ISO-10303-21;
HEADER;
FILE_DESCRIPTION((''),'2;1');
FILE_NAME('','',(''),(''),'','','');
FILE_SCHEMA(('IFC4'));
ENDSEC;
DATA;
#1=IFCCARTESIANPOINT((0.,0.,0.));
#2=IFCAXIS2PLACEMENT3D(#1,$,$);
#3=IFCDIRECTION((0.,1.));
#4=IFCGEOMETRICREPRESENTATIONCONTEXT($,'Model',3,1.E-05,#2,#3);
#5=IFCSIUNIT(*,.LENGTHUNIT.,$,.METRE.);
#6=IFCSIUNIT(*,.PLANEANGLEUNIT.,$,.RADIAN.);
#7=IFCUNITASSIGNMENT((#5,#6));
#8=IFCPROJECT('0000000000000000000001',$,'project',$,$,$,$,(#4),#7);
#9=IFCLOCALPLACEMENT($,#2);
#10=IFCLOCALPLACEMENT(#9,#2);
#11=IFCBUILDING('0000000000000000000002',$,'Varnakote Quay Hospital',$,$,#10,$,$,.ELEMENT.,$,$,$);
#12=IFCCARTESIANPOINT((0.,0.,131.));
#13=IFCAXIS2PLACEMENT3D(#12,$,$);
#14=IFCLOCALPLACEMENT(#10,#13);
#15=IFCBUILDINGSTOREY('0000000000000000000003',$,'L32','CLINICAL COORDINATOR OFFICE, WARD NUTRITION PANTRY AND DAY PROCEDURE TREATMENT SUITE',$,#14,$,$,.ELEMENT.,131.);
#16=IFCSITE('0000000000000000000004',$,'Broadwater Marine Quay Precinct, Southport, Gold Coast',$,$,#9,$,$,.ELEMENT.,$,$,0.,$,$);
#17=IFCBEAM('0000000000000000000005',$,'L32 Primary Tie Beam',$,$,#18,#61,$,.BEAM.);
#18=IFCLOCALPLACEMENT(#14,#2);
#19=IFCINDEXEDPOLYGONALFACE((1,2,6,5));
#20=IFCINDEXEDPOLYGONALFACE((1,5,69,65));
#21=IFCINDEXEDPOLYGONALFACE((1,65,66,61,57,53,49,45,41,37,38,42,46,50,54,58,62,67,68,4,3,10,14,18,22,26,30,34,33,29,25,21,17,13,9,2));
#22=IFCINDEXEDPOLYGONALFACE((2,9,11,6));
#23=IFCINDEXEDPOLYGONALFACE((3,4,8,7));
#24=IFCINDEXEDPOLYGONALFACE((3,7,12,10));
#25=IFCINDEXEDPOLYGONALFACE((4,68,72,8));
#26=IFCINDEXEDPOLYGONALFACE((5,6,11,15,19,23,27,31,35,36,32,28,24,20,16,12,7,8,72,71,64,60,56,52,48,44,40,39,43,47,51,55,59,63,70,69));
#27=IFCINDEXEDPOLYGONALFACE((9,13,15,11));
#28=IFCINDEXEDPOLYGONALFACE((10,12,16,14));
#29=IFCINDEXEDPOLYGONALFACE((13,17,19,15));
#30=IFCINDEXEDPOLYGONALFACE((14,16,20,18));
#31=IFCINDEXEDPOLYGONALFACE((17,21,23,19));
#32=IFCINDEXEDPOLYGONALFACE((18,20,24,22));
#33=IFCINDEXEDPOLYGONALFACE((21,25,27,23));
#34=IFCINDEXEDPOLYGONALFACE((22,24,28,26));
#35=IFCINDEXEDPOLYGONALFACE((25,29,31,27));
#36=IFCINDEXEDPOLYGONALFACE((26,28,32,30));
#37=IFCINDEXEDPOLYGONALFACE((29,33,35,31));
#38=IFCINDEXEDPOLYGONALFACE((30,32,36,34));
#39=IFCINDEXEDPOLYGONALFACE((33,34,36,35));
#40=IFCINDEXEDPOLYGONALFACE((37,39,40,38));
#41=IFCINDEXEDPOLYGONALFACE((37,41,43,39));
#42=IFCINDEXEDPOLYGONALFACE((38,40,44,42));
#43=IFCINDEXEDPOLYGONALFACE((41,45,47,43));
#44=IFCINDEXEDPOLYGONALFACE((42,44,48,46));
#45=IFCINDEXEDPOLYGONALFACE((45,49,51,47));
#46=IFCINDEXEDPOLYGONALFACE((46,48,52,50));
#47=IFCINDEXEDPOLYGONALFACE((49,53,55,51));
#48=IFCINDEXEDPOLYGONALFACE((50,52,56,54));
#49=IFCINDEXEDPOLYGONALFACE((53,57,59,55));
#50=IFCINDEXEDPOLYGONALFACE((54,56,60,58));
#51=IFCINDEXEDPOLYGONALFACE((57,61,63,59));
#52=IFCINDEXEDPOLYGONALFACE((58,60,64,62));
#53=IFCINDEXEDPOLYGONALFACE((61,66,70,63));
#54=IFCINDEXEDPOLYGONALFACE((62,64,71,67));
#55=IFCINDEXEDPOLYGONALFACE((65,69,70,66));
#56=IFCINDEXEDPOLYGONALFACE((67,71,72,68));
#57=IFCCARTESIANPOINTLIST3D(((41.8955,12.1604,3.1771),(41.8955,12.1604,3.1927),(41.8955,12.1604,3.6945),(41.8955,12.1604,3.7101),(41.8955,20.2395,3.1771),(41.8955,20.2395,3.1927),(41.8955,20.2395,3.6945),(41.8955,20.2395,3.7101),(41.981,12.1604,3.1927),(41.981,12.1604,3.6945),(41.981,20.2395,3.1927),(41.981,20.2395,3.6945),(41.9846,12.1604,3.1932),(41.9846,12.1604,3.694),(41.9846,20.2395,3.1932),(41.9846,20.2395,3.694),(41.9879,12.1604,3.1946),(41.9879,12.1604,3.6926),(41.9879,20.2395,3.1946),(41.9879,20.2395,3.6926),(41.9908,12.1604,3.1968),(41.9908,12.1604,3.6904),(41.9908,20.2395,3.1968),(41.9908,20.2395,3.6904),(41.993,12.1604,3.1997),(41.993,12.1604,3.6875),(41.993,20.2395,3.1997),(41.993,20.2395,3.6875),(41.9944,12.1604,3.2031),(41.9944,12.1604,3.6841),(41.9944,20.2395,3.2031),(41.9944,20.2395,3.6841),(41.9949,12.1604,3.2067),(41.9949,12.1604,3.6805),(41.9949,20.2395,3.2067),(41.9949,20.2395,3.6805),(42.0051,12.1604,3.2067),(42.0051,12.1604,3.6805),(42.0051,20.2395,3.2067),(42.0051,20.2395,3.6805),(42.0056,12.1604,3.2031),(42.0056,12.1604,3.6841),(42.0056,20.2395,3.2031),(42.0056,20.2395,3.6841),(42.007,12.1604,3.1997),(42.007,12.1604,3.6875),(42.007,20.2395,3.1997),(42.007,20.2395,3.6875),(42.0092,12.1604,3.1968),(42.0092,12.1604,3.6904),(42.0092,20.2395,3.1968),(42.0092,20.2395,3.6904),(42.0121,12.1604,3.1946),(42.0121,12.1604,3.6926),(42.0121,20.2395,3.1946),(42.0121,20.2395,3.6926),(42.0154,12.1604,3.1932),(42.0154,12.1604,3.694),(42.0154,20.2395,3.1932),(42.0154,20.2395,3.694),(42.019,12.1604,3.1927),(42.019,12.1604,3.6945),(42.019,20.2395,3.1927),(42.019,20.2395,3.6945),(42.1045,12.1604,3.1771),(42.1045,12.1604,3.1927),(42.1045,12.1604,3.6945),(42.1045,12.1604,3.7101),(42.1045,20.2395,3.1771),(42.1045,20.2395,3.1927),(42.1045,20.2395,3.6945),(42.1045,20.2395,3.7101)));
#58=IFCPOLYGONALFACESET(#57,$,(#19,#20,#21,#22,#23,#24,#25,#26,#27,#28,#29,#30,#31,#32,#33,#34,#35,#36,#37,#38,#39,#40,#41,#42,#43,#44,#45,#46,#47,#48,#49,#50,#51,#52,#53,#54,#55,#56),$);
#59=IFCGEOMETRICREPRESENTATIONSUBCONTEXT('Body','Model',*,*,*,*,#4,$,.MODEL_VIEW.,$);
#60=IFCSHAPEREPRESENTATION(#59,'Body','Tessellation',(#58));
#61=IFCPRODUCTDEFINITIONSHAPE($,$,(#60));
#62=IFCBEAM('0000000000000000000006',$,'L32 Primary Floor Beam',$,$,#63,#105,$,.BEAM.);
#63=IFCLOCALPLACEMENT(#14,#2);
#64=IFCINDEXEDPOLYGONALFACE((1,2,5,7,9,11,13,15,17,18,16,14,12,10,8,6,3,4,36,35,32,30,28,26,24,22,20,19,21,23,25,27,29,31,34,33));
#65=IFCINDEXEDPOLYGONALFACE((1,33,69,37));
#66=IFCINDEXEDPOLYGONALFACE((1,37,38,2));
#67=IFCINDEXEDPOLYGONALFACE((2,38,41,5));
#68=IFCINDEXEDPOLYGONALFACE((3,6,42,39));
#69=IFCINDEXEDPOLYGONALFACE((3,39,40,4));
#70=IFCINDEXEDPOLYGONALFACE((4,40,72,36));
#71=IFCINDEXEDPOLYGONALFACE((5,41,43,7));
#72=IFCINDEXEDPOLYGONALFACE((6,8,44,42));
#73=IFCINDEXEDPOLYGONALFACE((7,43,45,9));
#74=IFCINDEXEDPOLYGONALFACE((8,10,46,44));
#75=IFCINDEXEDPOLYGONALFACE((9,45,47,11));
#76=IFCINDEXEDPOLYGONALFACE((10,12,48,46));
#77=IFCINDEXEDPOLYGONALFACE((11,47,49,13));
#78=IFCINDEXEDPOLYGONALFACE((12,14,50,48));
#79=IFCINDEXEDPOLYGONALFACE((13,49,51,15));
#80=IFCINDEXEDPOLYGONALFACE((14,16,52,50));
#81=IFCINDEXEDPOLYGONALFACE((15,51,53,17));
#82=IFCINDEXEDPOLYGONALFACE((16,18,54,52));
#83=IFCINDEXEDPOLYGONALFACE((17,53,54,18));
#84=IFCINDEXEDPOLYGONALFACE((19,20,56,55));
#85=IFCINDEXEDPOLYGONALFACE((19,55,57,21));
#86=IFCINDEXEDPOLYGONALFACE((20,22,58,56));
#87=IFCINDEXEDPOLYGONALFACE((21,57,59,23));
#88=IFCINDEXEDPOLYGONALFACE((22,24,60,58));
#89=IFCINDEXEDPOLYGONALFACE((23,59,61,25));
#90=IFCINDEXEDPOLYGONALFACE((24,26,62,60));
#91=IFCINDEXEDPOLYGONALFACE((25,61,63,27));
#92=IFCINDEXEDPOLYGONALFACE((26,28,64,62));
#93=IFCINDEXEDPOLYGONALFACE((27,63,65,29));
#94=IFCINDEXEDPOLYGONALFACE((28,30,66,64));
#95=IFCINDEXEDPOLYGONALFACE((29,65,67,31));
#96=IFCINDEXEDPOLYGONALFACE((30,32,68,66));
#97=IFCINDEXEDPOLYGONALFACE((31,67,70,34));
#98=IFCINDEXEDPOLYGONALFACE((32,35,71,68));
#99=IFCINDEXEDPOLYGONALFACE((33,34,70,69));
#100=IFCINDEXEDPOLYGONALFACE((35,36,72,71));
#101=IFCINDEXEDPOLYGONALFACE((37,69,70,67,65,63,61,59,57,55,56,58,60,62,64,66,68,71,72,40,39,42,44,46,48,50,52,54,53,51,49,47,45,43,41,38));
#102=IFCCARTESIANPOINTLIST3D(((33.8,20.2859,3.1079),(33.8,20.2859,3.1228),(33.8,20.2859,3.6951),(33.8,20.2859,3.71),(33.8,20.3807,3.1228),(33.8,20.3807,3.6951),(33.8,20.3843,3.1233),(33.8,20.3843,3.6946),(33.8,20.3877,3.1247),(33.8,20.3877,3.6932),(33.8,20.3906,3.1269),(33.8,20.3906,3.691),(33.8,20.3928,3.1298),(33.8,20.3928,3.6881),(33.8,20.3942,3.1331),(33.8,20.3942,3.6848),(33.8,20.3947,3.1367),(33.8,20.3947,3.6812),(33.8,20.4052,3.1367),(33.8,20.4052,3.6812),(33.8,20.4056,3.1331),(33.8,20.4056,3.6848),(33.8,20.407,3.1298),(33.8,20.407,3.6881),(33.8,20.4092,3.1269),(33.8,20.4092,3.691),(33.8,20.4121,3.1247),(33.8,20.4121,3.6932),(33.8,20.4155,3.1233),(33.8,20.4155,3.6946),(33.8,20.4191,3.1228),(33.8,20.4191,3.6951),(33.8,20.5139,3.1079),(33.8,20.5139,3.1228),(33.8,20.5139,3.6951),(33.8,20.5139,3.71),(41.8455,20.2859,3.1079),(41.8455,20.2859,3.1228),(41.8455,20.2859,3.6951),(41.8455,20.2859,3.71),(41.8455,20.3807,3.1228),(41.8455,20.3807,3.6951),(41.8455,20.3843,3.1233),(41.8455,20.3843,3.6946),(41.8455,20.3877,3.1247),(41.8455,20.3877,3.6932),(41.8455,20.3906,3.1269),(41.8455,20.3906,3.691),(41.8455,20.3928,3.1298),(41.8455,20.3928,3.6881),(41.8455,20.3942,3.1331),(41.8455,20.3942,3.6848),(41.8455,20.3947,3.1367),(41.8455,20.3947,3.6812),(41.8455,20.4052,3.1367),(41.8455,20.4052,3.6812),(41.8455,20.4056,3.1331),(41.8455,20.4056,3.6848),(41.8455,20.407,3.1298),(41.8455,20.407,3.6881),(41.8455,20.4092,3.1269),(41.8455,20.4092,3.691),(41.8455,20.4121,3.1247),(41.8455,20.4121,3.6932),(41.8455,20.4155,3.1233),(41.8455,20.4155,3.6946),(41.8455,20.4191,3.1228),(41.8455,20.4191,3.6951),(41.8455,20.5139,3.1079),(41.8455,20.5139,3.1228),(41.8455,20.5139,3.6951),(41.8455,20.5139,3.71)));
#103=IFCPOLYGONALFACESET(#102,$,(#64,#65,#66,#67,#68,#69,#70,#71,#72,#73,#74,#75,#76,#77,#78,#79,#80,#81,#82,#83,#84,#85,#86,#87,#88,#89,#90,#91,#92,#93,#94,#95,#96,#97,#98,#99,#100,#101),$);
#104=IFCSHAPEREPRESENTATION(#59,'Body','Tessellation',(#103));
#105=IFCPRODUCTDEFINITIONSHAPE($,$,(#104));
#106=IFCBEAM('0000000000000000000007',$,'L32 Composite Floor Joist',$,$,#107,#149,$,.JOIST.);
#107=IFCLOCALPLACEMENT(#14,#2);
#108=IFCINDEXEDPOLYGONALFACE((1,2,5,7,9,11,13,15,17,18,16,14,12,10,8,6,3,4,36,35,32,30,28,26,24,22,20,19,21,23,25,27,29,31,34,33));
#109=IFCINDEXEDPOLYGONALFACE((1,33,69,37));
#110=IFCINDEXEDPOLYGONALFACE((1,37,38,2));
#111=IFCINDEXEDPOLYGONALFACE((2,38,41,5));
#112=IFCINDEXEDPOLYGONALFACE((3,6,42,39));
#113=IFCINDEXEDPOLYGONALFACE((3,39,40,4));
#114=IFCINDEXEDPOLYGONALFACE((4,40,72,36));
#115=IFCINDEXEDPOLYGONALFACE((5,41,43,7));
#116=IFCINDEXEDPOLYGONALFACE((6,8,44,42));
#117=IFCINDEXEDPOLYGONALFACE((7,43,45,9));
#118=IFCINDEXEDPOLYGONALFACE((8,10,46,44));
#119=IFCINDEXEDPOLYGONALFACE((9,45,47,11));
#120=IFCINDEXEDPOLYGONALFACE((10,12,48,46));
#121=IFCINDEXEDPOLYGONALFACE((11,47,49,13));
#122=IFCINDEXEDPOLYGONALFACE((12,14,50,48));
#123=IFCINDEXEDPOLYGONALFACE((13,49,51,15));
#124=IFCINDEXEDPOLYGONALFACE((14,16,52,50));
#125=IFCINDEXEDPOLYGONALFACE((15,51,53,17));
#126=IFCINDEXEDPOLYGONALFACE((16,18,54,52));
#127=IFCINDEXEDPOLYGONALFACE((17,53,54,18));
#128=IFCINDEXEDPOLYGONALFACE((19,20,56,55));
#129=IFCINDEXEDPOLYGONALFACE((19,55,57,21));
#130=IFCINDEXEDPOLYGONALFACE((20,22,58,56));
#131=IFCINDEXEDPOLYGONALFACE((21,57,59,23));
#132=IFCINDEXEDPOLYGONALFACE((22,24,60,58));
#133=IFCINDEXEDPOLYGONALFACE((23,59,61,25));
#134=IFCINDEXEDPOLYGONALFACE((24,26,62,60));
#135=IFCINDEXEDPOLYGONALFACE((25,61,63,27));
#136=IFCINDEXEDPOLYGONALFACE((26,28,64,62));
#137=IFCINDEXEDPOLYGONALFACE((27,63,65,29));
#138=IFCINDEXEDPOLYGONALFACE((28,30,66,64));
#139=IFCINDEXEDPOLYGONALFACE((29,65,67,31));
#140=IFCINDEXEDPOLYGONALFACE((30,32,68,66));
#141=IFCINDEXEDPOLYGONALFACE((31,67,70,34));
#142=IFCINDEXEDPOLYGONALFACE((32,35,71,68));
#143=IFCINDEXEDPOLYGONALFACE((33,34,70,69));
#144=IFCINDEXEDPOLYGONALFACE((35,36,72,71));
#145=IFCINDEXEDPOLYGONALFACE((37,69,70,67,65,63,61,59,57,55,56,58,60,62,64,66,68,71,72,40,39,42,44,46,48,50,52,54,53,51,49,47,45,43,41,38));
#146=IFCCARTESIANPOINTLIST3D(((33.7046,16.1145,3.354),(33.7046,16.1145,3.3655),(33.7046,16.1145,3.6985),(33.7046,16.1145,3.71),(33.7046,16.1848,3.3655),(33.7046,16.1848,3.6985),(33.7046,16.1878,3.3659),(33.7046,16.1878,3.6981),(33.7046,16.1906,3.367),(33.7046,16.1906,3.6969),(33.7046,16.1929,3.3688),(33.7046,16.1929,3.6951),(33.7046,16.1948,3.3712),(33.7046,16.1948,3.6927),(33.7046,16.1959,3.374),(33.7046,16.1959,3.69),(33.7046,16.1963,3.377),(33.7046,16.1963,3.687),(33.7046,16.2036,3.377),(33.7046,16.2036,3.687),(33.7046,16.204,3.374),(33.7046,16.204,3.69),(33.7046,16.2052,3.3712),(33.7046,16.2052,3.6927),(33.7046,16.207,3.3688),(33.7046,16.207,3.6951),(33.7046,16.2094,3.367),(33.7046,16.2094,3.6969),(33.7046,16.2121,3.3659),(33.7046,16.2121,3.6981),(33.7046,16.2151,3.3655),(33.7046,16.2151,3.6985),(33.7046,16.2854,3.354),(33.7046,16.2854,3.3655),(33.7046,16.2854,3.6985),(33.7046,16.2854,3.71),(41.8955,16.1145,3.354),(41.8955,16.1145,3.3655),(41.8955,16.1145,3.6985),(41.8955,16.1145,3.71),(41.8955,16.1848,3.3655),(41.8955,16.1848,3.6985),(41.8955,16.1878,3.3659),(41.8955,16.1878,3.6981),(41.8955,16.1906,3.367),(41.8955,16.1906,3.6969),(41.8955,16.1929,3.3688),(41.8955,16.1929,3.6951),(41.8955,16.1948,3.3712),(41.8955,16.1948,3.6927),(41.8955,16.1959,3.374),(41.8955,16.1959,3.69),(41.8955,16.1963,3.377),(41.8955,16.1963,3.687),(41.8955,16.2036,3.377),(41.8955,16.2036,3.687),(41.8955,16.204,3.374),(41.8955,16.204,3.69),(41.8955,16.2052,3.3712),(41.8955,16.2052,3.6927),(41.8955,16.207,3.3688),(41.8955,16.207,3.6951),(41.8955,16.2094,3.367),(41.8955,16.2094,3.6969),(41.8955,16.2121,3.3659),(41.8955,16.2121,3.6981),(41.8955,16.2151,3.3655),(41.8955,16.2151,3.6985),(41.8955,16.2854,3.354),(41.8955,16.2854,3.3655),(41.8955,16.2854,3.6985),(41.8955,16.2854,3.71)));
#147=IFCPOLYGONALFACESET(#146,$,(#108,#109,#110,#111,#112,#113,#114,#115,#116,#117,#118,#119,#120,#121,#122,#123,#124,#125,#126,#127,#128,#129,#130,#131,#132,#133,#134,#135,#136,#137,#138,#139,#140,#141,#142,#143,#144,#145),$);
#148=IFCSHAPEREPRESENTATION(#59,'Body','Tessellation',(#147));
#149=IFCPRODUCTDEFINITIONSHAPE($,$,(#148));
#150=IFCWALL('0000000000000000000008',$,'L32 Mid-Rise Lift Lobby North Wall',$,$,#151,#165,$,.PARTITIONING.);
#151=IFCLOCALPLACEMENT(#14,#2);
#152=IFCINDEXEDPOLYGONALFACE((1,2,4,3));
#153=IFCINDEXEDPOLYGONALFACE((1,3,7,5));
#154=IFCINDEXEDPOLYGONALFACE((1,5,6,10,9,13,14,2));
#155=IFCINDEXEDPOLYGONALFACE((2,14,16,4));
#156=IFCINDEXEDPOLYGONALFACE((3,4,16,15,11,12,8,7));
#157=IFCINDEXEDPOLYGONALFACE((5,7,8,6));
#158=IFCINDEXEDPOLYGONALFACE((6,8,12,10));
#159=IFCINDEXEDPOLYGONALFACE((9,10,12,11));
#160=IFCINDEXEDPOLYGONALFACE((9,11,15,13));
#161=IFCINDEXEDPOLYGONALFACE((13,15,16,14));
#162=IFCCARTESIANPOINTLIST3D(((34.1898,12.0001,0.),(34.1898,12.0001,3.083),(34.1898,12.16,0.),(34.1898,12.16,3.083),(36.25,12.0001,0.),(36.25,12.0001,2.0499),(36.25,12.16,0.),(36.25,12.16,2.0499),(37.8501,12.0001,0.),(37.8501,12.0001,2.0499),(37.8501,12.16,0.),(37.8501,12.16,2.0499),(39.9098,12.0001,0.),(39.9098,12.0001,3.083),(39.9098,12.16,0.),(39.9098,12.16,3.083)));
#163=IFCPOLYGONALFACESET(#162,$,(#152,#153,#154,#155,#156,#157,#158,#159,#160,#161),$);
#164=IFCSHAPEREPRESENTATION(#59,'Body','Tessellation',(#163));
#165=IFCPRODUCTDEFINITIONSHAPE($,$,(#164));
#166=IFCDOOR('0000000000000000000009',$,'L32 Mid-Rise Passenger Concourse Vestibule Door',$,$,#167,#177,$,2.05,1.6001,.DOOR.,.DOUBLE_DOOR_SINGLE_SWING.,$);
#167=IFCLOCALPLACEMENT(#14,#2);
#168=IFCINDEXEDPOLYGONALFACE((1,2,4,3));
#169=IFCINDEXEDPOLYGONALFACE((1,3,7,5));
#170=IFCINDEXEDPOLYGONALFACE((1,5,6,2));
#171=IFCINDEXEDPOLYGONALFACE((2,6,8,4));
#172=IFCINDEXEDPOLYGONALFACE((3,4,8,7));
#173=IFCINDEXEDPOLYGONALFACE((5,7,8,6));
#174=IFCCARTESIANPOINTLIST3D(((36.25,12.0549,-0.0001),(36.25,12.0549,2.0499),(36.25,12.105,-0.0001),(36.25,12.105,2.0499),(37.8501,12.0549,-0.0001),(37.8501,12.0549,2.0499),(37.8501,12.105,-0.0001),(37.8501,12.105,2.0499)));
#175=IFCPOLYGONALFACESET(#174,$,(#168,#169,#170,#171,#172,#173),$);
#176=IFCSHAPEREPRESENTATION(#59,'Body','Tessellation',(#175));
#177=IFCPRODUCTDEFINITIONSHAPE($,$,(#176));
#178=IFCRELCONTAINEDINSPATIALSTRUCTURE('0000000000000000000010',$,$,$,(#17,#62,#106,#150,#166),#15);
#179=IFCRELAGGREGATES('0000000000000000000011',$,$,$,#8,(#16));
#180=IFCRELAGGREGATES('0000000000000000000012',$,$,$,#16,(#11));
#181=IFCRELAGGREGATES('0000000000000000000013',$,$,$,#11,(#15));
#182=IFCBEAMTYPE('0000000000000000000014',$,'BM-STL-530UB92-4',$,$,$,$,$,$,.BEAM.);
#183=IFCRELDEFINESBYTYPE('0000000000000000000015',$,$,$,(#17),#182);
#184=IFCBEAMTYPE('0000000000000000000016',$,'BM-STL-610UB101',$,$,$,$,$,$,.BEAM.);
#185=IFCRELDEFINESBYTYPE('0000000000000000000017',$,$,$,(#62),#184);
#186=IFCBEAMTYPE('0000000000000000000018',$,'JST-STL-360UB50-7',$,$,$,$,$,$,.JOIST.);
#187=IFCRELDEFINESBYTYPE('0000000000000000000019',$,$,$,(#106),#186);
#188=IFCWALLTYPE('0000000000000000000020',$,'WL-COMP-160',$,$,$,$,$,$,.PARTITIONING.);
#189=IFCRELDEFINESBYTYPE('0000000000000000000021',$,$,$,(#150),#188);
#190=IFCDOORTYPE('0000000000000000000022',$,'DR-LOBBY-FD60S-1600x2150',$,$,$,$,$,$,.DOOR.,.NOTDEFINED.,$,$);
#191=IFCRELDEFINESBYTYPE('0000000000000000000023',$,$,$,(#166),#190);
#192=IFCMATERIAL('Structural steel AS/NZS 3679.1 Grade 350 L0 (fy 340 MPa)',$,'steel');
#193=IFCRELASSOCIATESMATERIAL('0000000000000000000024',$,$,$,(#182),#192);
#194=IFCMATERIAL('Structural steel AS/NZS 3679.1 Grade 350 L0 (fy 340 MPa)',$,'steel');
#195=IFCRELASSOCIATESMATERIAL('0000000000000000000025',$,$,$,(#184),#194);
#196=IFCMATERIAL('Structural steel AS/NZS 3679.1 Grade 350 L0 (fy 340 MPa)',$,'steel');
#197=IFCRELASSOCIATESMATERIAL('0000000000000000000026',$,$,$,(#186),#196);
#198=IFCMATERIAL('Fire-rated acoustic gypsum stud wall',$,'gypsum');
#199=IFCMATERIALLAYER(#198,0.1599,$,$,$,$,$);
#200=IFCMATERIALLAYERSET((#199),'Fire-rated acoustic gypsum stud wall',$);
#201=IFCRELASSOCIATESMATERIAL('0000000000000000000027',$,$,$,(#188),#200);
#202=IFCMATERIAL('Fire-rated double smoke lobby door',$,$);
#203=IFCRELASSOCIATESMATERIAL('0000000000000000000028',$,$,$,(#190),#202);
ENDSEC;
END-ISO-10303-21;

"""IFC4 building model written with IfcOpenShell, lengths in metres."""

from ifc_helpers import new_model, si_unit, direction, frame, frame_2d, origin, origin_2d, place, context, subcontext, project, spatial, rectangle, i_section, extrude, material, layer, layer_set, material_profile, profile_set, type_object, element, fill, save


model = new_model("IFC4")

# Units and contexts
model_context = context("Model", 3, precision=1e-05, world=origin(), true_north=direction((0.0, 1.0)))
body_context = subcontext(model_context, "Body", "Model", "MODEL_VIEW")
ifc_project = project(units=[si_unit("LENGTHUNIT", "METRE"), si_unit("PLANEANGLEUNIT", "RADIAN")], contexts=[model_context])

# Site, building, storey
site_placement = place(None, origin())
site = spatial("IfcSite", under=ifc_project, at=site_placement, Name="Broadwater Marine Quay Precinct, Southport, Gold Coast", CompositionType="ELEMENT", RefElevation=0.0)
building_placement = place(site_placement, origin())
building = spatial("IfcBuilding", under=site, at=building_placement, Name="Varnakote Quay Hospital", CompositionType="ELEMENT")
storey_placement = place(building_placement, frame((0.0, 0.0, 131.0)))
storey = spatial("IfcBuildingStorey", under=building, at=storey_placement, Name="L32", Description="CLINICAL COORDINATOR OFFICE, WARD NUTRITION PANTRY AND DAY PROCEDURE TREATMENT SUITE", CompositionType="ELEMENT", Elevation=131.0)

# Beams
ifc_material_1 = material(Name="Structural steel AS/NZS 3679.1 Grade 350 L0 (fy 340 MPa)", Category="steel")
ifc_material_profile_1 = material_profile(ifc_material_1, i_section(OverallWidth=0.209, OverallDepth=0.533, WebThickness=0.0103, FlangeThickness=0.0156, FilletRadius=0.0139, at=origin_2d()), Name="530UB92.4")
ifc_profile_set_1 = profile_set([ifc_material_profile_1], Name="Structural steel AS/NZS 3679.1 Grade 350 L0 (fy 340 MPa)")
beam_type_1 = type_object("IfcBeamType", Name="BM-STL-530UB92-4", PredefinedType="BEAM", material=ifc_profile_set_1)
beam_1_placement = place(storey_placement, frame((42.0, 12.1604, 3.4436), z_axis=(0.0, 1.0, 0.0), x_axis=(-1.0, 0.0, 0.0)))
element("IfcBeam", 1, at=beam_1_placement, inside=storey, type_object=beam_type_1, Name="L32 Primary Tie Beam", PredefinedType="BEAM", context=body_context, shape_type="SweptSolid", body=[
    extrude(i_section(OverallWidth=0.209, OverallDepth=0.533, WebThickness=0.0103, FlangeThickness=0.0156, FilletRadius=0.0139, at=origin_2d()), origin(), (0.0, 0.0, 1.0), 8.0791),
])
ifc_material_2 = material(Name="Structural steel AS/NZS 3679.1 Grade 350 L0 (fy 340 MPa)", Category="steel")
ifc_material_profile_2 = material_profile(ifc_material_2, i_section(OverallWidth=0.228, OverallDepth=0.6021, WebThickness=0.0105, FlangeThickness=0.0149, FilletRadius=0.0139, at=origin_2d()), Name="610UB101")
ifc_profile_set_2 = profile_set([ifc_material_profile_2], Name="Structural steel AS/NZS 3679.1 Grade 350 L0 (fy 340 MPa)")
beam_type_2 = type_object("IfcBeamType", Name="BM-STL-610UB101", PredefinedType="BEAM", material=ifc_profile_set_2)
beam_2_placement = place(storey_placement, frame((33.8, 20.3999, 3.4089), z_axis=(1.0, 0.0, 0.0), x_axis=(0.0, 1.0, 0.0)))
element("IfcBeam", 2, at=beam_2_placement, inside=storey, type_object=beam_type_2, Name="L32 Primary Floor Beam", PredefinedType="BEAM", context=body_context, shape_type="SweptSolid", body=[
    extrude(i_section(OverallWidth=0.228, OverallDepth=0.6021, WebThickness=0.0105, FlangeThickness=0.0149, FilletRadius=0.0139, at=origin_2d()), origin(), (0.0, 0.0, 1.0), 8.0454),
])
ifc_material_3 = material(Name="Structural steel AS/NZS 3679.1 Grade 350 L0 (fy 340 MPa)", Category="steel")
ifc_material_profile_3 = material_profile(ifc_material_3, i_section(OverallWidth=0.1709, OverallDepth=0.356, WebThickness=0.0073, FlangeThickness=0.0115, FilletRadius=0.0115, at=origin_2d()), Name="360UB50.7")
ifc_profile_set_3 = profile_set([ifc_material_profile_3], Name="Structural steel AS/NZS 3679.1 Grade 350 L0 (fy 340 MPa)")
beam_type_3 = type_object("IfcBeamType", Name="JST-STL-360UB50-7", PredefinedType="JOIST", material=ifc_profile_set_3)
beam_3_placement = place(storey_placement, frame((33.7046, 16.2, 3.532), z_axis=(1.0, 0.0, 0.0), x_axis=(0.0, 1.0, 0.0)))
element("IfcBeam", 3, at=beam_3_placement, inside=storey, type_object=beam_type_3, Name="L32 Composite Floor Joist", PredefinedType="JOIST", context=body_context, shape_type="SweptSolid", body=[
    extrude(i_section(OverallWidth=0.1709, OverallDepth=0.356, WebThickness=0.0073, FlangeThickness=0.0115, FilletRadius=0.0115, at=origin_2d()), origin(), (0.0, 0.0, 1.0), 8.1909),
])

# Wall, opening, door
ifc_material_4 = material(Name="Fire-rated acoustic gypsum stud wall", Category="gypsum")
ifc_layer_1 = layer(ifc_material_4, 0.1599)
ifc_layer_set_1 = layer_set([ifc_layer_1], Name="Fire-rated acoustic gypsum stud wall")
wall_type_1 = type_object("IfcWallType", Name="WL-COMP-160", PredefinedType="PARTITIONING", material=ifc_layer_set_1)
wall_1_placement = place(storey_placement, frame((34.1899, 12.0801, 0.0), z_axis=(0.0, 0.0, 1.0), x_axis=(1.0, 0.0, 0.0)))
wall_1 = element("IfcWall", 4, at=wall_1_placement, inside=storey, type_object=wall_type_1, Name="L32 Mid-Rise Lift Lobby North Wall", PredefinedType="PARTITIONING", context=body_context, shape_type="SweptSolid", body=[
    extrude(rectangle(XDim=5.72, YDim=0.1599, at=frame_2d((2.8599, 0.0))), origin(), (0.0, 0.0, 1.0), 3.083),
])
opening_1_placement = place(wall_1_placement, frame((2.0601, 0.0, 0.0)))
opening_1 = element("IfcOpeningElement", 5, at=opening_1_placement, cuts=wall_1, PredefinedType="OPENING", context=body_context, shape_type="SweptSolid", body=[
    extrude(rectangle(XDim=1.6001, YDim=2.05, at=frame_2d((0.8, 1.0249))), frame((0.0, 0.0898, 0.0), z_axis=(0.0, -1.0, 0.0), x_axis=(1.0, 0.0, 0.0)), (0.0, 0.0, 1.0), 0.1799),
])
ifc_material_5 = material(Name="Fire-rated double smoke lobby door")
door_type_1 = type_object("IfcDoorType", Name="DR-LOBBY-FD60S-1600x2150", OperationType="NOTDEFINED", PredefinedType="DOOR", material=ifc_material_5)
door_1_placement = place(opening_1_placement, origin())
door_1 = element("IfcDoor", 6, at=door_1_placement, inside=storey, type_object=door_type_1, Name="L32 Mid-Rise Passenger Concourse Vestibule Door", OperationType="DOUBLE_DOOR_SINGLE_SWING", OverallHeight=2.05, OverallWidth=1.6001, PredefinedType="DOOR", context=body_context, shape_type="SweptSolid", body=[
    extrude(rectangle(XDim=1.6001, YDim=2.05, at=frame_2d((0.8, 1.0249))), frame((0.0, 0.0249, 0.0), z_axis=(0.0, -1.0, 0.0), x_axis=(1.0, 0.0, 0.0)), (0.0, 0.0, 1.0), 0.05),
])
fill(opening_1, door_1)

save(model, "model.ifc")
